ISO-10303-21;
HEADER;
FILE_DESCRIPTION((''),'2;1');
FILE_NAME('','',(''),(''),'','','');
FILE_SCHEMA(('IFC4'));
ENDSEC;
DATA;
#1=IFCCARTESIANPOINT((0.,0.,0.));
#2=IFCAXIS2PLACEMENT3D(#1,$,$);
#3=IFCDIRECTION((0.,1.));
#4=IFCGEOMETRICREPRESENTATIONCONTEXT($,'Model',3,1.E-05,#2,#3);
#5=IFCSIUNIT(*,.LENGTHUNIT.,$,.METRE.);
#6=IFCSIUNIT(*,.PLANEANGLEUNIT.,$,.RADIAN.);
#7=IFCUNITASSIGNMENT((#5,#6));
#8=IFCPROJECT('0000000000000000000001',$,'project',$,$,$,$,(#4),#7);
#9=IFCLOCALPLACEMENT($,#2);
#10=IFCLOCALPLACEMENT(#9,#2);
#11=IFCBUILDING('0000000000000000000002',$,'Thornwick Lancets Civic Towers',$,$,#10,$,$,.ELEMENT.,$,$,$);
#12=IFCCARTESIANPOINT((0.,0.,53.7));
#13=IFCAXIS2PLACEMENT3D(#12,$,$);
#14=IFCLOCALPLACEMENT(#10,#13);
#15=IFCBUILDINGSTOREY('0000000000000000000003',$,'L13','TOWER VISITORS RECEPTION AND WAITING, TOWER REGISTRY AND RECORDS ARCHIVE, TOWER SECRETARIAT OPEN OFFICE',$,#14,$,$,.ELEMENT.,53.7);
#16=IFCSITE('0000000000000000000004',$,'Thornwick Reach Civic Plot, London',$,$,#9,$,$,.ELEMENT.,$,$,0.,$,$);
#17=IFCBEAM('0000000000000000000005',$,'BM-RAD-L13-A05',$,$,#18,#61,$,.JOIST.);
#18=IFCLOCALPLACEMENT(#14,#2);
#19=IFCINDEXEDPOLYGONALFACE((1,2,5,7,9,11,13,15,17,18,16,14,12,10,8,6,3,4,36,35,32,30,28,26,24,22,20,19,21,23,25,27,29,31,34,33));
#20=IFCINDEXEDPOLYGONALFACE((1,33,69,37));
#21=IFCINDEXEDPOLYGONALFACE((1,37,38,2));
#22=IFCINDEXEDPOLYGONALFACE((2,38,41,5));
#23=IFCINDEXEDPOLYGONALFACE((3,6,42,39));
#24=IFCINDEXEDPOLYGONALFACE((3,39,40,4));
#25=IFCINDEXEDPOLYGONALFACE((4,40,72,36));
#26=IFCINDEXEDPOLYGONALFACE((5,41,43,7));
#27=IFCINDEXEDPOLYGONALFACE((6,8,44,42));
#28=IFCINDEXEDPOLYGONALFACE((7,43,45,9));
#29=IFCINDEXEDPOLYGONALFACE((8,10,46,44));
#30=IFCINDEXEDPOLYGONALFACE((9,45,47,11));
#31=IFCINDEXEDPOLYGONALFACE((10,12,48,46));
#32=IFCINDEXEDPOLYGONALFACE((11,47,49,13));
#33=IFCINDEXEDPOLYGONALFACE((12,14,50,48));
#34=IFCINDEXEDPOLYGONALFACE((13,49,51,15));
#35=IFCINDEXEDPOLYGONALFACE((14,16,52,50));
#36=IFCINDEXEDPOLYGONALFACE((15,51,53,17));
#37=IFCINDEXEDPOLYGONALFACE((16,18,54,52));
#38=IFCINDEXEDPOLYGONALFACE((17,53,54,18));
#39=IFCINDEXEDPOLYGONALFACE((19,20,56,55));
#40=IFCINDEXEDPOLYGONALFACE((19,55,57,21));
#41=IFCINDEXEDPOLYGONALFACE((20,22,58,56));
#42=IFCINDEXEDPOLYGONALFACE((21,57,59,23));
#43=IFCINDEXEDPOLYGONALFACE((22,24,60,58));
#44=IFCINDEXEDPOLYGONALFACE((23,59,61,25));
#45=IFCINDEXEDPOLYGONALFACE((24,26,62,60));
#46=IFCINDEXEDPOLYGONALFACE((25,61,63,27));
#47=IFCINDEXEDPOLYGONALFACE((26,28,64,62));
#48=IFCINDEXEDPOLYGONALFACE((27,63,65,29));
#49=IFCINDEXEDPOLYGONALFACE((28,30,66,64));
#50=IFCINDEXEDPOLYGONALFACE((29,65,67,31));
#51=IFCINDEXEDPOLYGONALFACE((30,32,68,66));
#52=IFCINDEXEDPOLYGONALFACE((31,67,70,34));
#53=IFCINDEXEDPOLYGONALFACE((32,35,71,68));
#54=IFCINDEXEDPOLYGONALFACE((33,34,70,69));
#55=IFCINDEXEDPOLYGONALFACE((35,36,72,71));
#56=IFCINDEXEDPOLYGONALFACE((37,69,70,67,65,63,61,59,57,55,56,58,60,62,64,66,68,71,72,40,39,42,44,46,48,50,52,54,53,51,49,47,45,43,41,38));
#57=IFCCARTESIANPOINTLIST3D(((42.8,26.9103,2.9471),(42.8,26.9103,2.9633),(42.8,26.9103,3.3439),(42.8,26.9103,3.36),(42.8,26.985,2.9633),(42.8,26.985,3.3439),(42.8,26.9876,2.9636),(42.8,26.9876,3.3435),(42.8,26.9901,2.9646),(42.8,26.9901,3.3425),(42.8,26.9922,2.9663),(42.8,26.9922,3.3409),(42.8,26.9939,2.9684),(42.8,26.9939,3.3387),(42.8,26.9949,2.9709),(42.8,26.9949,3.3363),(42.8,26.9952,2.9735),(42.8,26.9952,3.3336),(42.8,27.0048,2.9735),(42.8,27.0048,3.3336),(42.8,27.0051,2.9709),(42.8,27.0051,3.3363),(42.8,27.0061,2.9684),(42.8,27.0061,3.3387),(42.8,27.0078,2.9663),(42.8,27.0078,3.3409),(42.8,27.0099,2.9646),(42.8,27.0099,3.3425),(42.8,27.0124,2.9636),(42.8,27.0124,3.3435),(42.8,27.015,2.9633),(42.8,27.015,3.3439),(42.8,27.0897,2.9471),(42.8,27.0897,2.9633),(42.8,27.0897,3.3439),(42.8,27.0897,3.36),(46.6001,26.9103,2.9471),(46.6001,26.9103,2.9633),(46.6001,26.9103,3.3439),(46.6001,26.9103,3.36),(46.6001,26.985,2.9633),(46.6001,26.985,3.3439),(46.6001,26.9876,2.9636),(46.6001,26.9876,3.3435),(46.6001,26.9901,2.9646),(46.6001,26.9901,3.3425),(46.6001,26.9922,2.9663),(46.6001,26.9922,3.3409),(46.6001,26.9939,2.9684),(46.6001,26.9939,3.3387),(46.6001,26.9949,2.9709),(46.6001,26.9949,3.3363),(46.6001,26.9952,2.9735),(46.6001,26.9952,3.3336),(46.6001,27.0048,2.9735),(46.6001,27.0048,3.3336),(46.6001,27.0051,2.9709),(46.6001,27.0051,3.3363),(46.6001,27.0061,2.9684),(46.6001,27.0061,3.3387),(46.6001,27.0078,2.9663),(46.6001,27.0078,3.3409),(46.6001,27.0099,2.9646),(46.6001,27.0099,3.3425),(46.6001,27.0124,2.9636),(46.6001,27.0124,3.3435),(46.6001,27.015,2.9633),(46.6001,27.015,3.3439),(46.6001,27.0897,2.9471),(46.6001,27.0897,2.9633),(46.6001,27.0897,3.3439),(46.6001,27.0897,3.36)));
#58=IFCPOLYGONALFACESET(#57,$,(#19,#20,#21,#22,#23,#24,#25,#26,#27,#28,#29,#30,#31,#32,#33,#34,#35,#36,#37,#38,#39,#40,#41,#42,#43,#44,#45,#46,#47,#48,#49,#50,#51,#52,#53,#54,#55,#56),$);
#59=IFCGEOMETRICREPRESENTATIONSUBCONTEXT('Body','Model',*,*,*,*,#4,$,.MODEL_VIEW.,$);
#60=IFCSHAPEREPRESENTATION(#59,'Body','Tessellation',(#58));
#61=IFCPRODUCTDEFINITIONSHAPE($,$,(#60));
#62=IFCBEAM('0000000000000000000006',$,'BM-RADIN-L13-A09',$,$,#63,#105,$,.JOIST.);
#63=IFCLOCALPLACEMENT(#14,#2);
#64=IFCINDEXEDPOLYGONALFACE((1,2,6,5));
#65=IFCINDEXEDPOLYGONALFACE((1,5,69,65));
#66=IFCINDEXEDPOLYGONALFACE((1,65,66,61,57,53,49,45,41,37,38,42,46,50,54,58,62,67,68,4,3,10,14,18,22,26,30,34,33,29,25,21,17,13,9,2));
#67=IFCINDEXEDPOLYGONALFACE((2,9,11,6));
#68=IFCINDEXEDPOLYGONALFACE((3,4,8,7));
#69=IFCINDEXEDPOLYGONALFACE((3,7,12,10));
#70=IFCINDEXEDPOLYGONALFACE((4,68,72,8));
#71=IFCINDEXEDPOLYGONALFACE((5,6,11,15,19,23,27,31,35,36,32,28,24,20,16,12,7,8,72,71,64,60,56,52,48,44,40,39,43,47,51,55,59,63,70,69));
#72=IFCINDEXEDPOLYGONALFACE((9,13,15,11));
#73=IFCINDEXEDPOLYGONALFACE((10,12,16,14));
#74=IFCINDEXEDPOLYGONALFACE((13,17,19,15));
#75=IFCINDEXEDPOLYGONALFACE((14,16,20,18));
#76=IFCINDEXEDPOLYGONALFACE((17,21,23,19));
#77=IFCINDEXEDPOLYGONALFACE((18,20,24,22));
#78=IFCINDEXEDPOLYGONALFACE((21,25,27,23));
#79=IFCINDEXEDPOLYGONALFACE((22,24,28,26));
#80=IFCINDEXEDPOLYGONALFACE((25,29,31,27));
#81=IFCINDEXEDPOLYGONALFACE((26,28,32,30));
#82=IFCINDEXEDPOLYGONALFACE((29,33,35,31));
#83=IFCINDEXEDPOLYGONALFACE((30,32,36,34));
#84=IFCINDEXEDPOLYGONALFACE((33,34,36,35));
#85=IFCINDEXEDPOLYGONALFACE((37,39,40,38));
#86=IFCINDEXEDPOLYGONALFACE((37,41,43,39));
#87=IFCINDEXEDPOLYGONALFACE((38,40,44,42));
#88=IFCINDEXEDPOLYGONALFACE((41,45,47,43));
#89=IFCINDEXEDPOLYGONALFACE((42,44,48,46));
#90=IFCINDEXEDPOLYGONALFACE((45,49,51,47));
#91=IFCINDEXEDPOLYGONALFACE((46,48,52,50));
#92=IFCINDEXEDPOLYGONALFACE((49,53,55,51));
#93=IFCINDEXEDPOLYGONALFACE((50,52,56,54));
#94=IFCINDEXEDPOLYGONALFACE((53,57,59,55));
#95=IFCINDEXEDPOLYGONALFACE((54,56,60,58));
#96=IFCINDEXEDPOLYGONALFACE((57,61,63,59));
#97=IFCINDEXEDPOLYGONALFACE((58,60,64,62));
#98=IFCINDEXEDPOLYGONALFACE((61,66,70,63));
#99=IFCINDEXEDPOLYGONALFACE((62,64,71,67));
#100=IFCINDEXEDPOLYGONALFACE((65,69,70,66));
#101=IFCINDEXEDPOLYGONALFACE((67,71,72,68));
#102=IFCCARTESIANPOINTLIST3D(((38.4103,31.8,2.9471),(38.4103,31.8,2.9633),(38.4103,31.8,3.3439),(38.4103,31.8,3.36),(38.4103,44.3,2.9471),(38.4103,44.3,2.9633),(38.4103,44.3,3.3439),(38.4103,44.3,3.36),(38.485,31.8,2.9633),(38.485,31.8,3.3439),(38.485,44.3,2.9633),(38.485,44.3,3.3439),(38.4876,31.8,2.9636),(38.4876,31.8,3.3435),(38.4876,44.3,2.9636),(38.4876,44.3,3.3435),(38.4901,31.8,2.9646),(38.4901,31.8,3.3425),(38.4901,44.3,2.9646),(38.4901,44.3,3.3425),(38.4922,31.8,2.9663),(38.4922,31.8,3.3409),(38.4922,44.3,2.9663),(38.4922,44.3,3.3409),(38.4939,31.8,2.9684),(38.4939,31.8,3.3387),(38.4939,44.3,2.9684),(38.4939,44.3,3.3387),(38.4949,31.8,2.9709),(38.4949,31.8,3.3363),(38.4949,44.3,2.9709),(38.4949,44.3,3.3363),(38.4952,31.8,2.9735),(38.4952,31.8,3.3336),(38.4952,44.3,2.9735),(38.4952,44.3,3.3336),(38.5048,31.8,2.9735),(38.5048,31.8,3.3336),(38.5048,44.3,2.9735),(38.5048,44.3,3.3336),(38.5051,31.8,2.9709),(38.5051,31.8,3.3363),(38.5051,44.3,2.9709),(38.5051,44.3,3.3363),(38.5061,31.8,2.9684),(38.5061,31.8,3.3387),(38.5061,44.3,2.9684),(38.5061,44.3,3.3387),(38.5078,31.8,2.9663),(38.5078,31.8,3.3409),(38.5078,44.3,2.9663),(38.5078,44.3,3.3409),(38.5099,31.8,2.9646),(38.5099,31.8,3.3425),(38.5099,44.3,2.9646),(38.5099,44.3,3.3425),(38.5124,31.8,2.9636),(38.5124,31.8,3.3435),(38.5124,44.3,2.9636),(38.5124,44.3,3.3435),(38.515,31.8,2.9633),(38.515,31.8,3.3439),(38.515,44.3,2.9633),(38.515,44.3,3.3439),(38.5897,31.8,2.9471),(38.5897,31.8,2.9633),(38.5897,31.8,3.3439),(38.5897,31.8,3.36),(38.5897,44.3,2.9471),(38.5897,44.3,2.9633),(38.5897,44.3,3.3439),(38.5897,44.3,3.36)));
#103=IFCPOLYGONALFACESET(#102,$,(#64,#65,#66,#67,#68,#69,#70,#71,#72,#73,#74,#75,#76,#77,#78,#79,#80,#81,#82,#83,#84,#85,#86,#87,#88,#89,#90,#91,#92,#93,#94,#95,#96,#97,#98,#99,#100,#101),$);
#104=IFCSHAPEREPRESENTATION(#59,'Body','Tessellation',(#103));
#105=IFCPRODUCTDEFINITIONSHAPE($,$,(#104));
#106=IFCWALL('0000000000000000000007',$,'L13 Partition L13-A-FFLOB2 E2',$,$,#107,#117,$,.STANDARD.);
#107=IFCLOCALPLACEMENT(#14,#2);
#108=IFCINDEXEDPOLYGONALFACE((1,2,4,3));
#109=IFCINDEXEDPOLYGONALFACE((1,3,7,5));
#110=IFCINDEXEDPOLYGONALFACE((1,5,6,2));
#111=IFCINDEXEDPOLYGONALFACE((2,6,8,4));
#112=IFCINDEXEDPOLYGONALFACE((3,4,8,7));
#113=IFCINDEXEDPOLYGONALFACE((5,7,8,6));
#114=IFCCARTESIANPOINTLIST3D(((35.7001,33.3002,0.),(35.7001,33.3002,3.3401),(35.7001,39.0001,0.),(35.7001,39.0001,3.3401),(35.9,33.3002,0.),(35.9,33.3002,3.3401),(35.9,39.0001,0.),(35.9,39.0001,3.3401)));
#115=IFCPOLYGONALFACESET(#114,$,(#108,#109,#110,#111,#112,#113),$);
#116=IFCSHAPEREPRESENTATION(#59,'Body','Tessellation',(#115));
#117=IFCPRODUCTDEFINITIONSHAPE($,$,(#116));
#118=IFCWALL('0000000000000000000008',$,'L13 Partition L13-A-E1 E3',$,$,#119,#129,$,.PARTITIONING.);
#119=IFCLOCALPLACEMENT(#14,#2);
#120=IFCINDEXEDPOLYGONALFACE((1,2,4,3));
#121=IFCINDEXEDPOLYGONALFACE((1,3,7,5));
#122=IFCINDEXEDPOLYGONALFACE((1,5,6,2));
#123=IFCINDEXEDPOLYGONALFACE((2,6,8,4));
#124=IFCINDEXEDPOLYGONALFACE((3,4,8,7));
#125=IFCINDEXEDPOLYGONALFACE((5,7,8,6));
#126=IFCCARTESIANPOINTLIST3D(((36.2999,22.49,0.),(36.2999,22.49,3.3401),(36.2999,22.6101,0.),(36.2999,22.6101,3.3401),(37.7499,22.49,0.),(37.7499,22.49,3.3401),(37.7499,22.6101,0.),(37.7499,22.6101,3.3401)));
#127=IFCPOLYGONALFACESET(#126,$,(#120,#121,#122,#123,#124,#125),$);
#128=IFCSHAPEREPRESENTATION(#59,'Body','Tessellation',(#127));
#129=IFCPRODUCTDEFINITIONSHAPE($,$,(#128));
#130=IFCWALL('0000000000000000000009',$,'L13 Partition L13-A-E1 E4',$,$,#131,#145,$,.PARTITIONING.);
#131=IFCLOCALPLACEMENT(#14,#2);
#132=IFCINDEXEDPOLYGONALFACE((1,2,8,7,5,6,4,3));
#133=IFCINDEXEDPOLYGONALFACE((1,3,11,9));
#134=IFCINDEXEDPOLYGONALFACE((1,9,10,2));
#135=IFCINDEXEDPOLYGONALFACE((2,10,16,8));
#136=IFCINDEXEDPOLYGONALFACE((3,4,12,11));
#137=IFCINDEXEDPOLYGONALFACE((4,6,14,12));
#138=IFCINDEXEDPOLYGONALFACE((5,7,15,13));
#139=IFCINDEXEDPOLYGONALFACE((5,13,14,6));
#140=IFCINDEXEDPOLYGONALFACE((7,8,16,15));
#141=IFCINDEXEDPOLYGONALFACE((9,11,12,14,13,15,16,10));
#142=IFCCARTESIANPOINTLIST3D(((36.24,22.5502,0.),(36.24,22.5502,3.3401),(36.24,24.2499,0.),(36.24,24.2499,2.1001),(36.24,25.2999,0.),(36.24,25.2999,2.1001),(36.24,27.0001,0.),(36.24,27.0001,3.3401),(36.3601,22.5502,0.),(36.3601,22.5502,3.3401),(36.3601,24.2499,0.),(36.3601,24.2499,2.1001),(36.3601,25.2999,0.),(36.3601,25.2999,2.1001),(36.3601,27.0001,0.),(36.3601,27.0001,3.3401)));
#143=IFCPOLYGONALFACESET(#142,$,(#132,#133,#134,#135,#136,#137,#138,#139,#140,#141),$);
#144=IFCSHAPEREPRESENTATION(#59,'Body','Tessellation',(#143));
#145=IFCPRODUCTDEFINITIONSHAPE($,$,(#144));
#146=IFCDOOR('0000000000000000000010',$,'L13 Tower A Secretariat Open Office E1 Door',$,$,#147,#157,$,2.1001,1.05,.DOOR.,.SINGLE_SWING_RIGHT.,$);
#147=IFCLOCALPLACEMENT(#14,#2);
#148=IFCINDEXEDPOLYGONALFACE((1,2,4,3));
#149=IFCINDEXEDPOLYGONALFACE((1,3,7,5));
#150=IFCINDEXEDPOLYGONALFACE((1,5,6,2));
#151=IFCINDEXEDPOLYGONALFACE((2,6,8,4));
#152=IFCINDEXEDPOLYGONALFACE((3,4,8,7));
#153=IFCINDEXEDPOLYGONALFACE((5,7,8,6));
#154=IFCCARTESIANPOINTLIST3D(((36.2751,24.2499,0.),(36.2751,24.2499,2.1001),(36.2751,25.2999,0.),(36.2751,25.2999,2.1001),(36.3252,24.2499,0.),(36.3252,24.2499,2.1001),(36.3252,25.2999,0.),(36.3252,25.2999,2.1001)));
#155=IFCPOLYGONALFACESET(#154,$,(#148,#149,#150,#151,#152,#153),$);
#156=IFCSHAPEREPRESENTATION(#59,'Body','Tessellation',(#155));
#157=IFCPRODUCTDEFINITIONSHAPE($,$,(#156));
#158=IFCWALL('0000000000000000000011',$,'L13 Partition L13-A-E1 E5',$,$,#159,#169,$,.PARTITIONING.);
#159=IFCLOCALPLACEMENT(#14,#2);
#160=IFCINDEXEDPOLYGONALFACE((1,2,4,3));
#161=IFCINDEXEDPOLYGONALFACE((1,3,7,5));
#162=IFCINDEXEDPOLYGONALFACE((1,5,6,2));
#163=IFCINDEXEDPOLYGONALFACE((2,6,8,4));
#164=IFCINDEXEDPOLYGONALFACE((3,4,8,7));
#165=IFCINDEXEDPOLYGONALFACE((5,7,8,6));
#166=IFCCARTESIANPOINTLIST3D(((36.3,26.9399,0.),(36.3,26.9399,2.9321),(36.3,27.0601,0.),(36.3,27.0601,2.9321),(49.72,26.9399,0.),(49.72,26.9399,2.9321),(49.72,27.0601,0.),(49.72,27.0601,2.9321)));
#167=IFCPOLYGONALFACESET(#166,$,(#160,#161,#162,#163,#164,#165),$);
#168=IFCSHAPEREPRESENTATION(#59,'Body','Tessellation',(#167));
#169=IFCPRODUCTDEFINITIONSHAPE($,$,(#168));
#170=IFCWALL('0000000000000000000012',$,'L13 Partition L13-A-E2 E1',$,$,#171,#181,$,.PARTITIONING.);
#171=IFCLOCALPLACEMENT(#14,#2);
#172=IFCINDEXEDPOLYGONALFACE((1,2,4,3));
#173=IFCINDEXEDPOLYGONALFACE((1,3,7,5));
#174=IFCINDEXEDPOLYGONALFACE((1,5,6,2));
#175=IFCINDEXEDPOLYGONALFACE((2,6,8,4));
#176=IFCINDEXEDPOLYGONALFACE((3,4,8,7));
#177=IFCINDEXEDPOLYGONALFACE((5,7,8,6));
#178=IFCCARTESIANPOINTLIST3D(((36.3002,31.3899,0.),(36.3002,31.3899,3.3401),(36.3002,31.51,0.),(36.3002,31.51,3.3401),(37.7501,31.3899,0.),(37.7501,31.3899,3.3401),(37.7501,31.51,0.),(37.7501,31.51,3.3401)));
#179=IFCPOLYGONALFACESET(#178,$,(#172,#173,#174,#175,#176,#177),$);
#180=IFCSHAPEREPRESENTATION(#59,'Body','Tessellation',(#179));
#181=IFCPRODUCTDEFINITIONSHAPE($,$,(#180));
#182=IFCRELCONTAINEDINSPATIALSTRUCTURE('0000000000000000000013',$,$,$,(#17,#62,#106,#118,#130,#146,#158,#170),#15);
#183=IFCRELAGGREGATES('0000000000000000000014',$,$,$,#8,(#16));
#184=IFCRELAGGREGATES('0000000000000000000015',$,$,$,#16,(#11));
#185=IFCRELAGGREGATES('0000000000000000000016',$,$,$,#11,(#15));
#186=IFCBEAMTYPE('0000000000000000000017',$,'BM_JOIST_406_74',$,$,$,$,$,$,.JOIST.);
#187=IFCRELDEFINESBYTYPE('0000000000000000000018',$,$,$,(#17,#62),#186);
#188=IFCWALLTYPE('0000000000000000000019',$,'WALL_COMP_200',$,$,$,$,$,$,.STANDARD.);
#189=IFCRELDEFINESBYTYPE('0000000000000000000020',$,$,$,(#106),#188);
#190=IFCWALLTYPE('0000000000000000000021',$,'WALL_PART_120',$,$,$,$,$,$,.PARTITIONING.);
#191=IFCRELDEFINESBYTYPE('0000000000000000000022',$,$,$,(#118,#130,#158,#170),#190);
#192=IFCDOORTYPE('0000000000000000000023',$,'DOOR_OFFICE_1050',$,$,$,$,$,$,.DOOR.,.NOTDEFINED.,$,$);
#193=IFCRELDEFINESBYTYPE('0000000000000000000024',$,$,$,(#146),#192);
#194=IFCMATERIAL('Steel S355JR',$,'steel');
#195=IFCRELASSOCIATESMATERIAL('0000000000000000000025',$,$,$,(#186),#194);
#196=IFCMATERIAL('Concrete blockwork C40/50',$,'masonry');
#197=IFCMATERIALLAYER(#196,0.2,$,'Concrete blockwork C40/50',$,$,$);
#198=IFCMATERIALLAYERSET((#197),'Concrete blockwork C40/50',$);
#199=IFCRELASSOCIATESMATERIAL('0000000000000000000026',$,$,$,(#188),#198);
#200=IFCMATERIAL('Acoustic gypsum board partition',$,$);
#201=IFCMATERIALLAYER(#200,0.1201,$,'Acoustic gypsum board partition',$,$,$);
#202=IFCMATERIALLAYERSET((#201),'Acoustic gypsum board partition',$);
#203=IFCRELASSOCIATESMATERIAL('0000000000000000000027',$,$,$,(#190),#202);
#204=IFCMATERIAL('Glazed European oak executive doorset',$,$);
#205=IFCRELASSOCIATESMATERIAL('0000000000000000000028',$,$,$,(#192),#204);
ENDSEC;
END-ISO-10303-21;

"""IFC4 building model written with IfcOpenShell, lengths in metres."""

from ifc_helpers import new_model, si_unit, direction, frame, frame_2d, origin, origin_2d, place, context, subcontext, project, spatial, rectangle, i_section, extrude, material, layer, layer_set, material_profile, profile_set, type_object, element, fill, save


model = new_model("IFC4")

# Units and contexts
model_context = context("Model", 3, precision=1e-05, world=origin(), true_north=direction((0.0, 1.0)))
body_context = subcontext(model_context, "Body", "Model", "MODEL_VIEW")
ifc_project = project(units=[si_unit("LENGTHUNIT", "METRE"), si_unit("PLANEANGLEUNIT", "RADIAN")], contexts=[model_context])

# Site, building, storey
site_placement = place(None, origin())
site = spatial("IfcSite", under=ifc_project, at=site_placement, Name="Thornwick Reach Civic Plot, London", CompositionType="ELEMENT", RefElevation=0.0)
building_placement = place(site_placement, origin())
building = spatial("IfcBuilding", under=site, at=building_placement, Name="Thornwick Lancets Civic Towers", CompositionType="ELEMENT")
storey_placement = place(building_placement, frame((0.0, 0.0, 53.7)))
storey = spatial("IfcBuildingStorey", under=building, at=storey_placement, Name="L13", Description="TOWER VISITORS RECEPTION AND WAITING, TOWER REGISTRY AND RECORDS ARCHIVE, TOWER SECRETARIAT OPEN OFFICE", CompositionType="ELEMENT", Elevation=53.7)

# Beams
ifc_material_1 = material(Name="Steel S355JR", Category="steel")
ifc_material_profile_1 = material_profile(ifc_material_1, i_section(OverallWidth=0.1794, OverallDepth=0.4128, WebThickness=0.0095, FlangeThickness=0.0161, FilletRadius=0.0103, at=origin_2d()), Name="UKB 406x178x74")
ifc_profile_set_1 = profile_set([ifc_material_profile_1], Name="Steel S355JR")
beam_type_1 = type_object("IfcBeamType", Name="BM_JOIST_406_74", PredefinedType="JOIST", material=ifc_profile_set_1)
beam_1_placement = place(storey_placement, frame((42.8, 27.0, 3.1536), z_axis=(1.0, 0.0, 0.0), x_axis=(0.0, 1.0, 0.0)))
element("IfcBeam", 1, at=beam_1_placement, inside=storey, type_object=beam_type_1, Name="BM-RAD-L13-A05", PredefinedType="JOIST", context=body_context, shape_type="SweptSolid", body=[
    extrude(i_section(OverallWidth=0.1794, OverallDepth=0.4128, WebThickness=0.0095, FlangeThickness=0.0161, FilletRadius=0.0103, at=origin_2d()), origin(), (0.0, 0.0, 1.0), 3.8),
])
beam_2_placement = place(storey_placement, frame((38.5, 31.8, 3.1536), z_axis=(0.0, 1.0, 0.0), x_axis=(-1.0, 0.0, 0.0)))
element("IfcBeam", 2, at=beam_2_placement, inside=storey, type_object=beam_type_1, Name="BM-RADIN-L13-A09", PredefinedType="JOIST", context=body_context, shape_type="SweptSolid", body=[
    extrude(i_section(OverallWidth=0.1794, OverallDepth=0.4128, WebThickness=0.0095, FlangeThickness=0.0161, FilletRadius=0.0103, at=origin_2d()), origin(), (0.0, 0.0, 1.0), 12.5),
])

# Walls
ifc_material_2 = material(Name="Concrete blockwork C40/50", Category="masonry")
ifc_layer_1 = layer(ifc_material_2, 0.2, Name="Concrete blockwork C40/50")
ifc_layer_set_1 = layer_set([ifc_layer_1], Name="Concrete blockwork C40/50")
wall_type_1 = type_object("IfcWallType", Name="WALL_COMP_200", PredefinedType="STANDARD", material=ifc_layer_set_1)
wall_1_placement = place(storey_placement, frame((35.8, 33.3, 0.0), z_axis=(0.0, 0.0, 1.0), x_axis=(0.0, 1.0, 0.0)))
element("IfcWall", 3, at=wall_1_placement, inside=storey, type_object=wall_type_1, Name="L13 Partition L13-A-FFLOB2 E2", PredefinedType="STANDARD", context=body_context, shape_type="SweptSolid", body=[
    extrude(rectangle(XDim=5.7, YDim=0.2, at=frame_2d((2.8501, 0.0))), origin(), (0.0, 0.0, 1.0), 3.3401),
])
ifc_material_3 = material(Name="Acoustic gypsum board partition")
ifc_layer_2 = layer(ifc_material_3, 0.1201, Name="Acoustic gypsum board partition")
ifc_layer_set_2 = layer_set([ifc_layer_2], Name="Acoustic gypsum board partition")
wall_type_2 = type_object("IfcWallType", Name="WALL_PART_120", PredefinedType="PARTITIONING", material=ifc_layer_set_2)
wall_2_placement = place(storey_placement, frame((37.75, 22.55, 0.0), z_axis=(0.0, 0.0, 1.0), x_axis=(-1.0, 0.0, 0.0)))
element("IfcWall", 4, at=wall_2_placement, inside=storey, type_object=wall_type_2, Name="L13 Partition L13-A-E1 E3", PredefinedType="PARTITIONING", context=body_context, shape_type="SweptSolid", body=[
    extrude(rectangle(XDim=1.45, YDim=0.1201, at=frame_2d((0.7251, 0.0))), origin(), (0.0, 0.0, 1.0), 3.3401),
])

# Wall, opening, door
wall_3_placement = place(storey_placement, frame((36.3, 22.55, 0.0), z_axis=(0.0, 0.0, 1.0), x_axis=(0.0, 1.0, 0.0)))
wall_3 = element("IfcWall", 5, at=wall_3_placement, inside=storey, type_object=wall_type_2, Name="L13 Partition L13-A-E1 E4", PredefinedType="PARTITIONING", context=body_context, shape_type="SweptSolid", body=[
    extrude(rectangle(XDim=4.45, YDim=0.1201, at=frame_2d((2.2251, 0.0))), origin(), (0.0, 0.0, 1.0), 3.3401),
])
opening_1_placement = place(wall_3_placement, frame((1.7, 0.0, 0.0)))
opening_1 = element("IfcOpeningElement", 6, at=opening_1_placement, cuts=wall_3, PredefinedType="OPENING", context=body_context, shape_type="SweptSolid", body=[
    extrude(rectangle(XDim=1.05, YDim=2.1001, at=frame_2d((0.5249, 1.05))), frame((0.0, 0.0701, 0.0), z_axis=(0.0, -1.0, 0.0), x_axis=(1.0, 0.0, 0.0)), (0.0, 0.0, 1.0), 0.1401),
])
ifc_material_4 = material(Name="Glazed European oak executive doorset")
door_type = type_object("IfcDoorType", Name="DOOR_OFFICE_1050", OperationType="NOTDEFINED", PredefinedType="DOOR", material=ifc_material_4)
door_1_placement = place(opening_1_placement, origin())
door_1 = element("IfcDoor", 7, at=door_1_placement, inside=storey, type_object=door_type, Name="L13 Tower A Secretariat Open Office E1 Door", OperationType="SINGLE_SWING_RIGHT", OverallHeight=2.1001, OverallWidth=1.05, PredefinedType="DOOR", context=body_context, shape_type="SweptSolid", body=[
    extrude(rectangle(XDim=1.05, YDim=2.1001, at=frame_2d((0.5249, 1.05))), frame((0.0, 0.0249, 0.0), z_axis=(0.0, -1.0, 0.0), x_axis=(1.0, 0.0, 0.0)), (0.0, 0.0, 1.0), 0.05),
])
fill(opening_1, door_1)

# Walls
wall_4_placement = place(storey_placement, frame((36.3, 27.0, 0.0), z_axis=(0.0, 0.0, 1.0), x_axis=(1.0, 0.0, 0.0)))
element("IfcWall", 8, at=wall_4_placement, inside=storey, type_object=wall_type_2, Name="L13 Partition L13-A-E1 E5", PredefinedType="PARTITIONING", context=body_context, shape_type="SweptSolid", body=[
    extrude(rectangle(XDim=13.4199, YDim=0.1201, at=frame_2d((6.71, 0.0))), origin(), (0.0, 0.0, 1.0), 2.9321),
])
wall_5_placement = place(storey_placement, frame((36.3, 31.45, 0.0), z_axis=(0.0, 0.0, 1.0), x_axis=(1.0, 0.0, 0.0)))
element("IfcWall", 9, at=wall_5_placement, inside=storey, type_object=wall_type_2, Name="L13 Partition L13-A-E2 E1", PredefinedType="PARTITIONING", context=body_context, shape_type="SweptSolid", body=[
    extrude(rectangle(XDim=1.45, YDim=0.1201, at=frame_2d((0.7251, 0.0))), origin(), (0.0, 0.0, 1.0), 3.3401),
])

save(model, "model.ifc")
